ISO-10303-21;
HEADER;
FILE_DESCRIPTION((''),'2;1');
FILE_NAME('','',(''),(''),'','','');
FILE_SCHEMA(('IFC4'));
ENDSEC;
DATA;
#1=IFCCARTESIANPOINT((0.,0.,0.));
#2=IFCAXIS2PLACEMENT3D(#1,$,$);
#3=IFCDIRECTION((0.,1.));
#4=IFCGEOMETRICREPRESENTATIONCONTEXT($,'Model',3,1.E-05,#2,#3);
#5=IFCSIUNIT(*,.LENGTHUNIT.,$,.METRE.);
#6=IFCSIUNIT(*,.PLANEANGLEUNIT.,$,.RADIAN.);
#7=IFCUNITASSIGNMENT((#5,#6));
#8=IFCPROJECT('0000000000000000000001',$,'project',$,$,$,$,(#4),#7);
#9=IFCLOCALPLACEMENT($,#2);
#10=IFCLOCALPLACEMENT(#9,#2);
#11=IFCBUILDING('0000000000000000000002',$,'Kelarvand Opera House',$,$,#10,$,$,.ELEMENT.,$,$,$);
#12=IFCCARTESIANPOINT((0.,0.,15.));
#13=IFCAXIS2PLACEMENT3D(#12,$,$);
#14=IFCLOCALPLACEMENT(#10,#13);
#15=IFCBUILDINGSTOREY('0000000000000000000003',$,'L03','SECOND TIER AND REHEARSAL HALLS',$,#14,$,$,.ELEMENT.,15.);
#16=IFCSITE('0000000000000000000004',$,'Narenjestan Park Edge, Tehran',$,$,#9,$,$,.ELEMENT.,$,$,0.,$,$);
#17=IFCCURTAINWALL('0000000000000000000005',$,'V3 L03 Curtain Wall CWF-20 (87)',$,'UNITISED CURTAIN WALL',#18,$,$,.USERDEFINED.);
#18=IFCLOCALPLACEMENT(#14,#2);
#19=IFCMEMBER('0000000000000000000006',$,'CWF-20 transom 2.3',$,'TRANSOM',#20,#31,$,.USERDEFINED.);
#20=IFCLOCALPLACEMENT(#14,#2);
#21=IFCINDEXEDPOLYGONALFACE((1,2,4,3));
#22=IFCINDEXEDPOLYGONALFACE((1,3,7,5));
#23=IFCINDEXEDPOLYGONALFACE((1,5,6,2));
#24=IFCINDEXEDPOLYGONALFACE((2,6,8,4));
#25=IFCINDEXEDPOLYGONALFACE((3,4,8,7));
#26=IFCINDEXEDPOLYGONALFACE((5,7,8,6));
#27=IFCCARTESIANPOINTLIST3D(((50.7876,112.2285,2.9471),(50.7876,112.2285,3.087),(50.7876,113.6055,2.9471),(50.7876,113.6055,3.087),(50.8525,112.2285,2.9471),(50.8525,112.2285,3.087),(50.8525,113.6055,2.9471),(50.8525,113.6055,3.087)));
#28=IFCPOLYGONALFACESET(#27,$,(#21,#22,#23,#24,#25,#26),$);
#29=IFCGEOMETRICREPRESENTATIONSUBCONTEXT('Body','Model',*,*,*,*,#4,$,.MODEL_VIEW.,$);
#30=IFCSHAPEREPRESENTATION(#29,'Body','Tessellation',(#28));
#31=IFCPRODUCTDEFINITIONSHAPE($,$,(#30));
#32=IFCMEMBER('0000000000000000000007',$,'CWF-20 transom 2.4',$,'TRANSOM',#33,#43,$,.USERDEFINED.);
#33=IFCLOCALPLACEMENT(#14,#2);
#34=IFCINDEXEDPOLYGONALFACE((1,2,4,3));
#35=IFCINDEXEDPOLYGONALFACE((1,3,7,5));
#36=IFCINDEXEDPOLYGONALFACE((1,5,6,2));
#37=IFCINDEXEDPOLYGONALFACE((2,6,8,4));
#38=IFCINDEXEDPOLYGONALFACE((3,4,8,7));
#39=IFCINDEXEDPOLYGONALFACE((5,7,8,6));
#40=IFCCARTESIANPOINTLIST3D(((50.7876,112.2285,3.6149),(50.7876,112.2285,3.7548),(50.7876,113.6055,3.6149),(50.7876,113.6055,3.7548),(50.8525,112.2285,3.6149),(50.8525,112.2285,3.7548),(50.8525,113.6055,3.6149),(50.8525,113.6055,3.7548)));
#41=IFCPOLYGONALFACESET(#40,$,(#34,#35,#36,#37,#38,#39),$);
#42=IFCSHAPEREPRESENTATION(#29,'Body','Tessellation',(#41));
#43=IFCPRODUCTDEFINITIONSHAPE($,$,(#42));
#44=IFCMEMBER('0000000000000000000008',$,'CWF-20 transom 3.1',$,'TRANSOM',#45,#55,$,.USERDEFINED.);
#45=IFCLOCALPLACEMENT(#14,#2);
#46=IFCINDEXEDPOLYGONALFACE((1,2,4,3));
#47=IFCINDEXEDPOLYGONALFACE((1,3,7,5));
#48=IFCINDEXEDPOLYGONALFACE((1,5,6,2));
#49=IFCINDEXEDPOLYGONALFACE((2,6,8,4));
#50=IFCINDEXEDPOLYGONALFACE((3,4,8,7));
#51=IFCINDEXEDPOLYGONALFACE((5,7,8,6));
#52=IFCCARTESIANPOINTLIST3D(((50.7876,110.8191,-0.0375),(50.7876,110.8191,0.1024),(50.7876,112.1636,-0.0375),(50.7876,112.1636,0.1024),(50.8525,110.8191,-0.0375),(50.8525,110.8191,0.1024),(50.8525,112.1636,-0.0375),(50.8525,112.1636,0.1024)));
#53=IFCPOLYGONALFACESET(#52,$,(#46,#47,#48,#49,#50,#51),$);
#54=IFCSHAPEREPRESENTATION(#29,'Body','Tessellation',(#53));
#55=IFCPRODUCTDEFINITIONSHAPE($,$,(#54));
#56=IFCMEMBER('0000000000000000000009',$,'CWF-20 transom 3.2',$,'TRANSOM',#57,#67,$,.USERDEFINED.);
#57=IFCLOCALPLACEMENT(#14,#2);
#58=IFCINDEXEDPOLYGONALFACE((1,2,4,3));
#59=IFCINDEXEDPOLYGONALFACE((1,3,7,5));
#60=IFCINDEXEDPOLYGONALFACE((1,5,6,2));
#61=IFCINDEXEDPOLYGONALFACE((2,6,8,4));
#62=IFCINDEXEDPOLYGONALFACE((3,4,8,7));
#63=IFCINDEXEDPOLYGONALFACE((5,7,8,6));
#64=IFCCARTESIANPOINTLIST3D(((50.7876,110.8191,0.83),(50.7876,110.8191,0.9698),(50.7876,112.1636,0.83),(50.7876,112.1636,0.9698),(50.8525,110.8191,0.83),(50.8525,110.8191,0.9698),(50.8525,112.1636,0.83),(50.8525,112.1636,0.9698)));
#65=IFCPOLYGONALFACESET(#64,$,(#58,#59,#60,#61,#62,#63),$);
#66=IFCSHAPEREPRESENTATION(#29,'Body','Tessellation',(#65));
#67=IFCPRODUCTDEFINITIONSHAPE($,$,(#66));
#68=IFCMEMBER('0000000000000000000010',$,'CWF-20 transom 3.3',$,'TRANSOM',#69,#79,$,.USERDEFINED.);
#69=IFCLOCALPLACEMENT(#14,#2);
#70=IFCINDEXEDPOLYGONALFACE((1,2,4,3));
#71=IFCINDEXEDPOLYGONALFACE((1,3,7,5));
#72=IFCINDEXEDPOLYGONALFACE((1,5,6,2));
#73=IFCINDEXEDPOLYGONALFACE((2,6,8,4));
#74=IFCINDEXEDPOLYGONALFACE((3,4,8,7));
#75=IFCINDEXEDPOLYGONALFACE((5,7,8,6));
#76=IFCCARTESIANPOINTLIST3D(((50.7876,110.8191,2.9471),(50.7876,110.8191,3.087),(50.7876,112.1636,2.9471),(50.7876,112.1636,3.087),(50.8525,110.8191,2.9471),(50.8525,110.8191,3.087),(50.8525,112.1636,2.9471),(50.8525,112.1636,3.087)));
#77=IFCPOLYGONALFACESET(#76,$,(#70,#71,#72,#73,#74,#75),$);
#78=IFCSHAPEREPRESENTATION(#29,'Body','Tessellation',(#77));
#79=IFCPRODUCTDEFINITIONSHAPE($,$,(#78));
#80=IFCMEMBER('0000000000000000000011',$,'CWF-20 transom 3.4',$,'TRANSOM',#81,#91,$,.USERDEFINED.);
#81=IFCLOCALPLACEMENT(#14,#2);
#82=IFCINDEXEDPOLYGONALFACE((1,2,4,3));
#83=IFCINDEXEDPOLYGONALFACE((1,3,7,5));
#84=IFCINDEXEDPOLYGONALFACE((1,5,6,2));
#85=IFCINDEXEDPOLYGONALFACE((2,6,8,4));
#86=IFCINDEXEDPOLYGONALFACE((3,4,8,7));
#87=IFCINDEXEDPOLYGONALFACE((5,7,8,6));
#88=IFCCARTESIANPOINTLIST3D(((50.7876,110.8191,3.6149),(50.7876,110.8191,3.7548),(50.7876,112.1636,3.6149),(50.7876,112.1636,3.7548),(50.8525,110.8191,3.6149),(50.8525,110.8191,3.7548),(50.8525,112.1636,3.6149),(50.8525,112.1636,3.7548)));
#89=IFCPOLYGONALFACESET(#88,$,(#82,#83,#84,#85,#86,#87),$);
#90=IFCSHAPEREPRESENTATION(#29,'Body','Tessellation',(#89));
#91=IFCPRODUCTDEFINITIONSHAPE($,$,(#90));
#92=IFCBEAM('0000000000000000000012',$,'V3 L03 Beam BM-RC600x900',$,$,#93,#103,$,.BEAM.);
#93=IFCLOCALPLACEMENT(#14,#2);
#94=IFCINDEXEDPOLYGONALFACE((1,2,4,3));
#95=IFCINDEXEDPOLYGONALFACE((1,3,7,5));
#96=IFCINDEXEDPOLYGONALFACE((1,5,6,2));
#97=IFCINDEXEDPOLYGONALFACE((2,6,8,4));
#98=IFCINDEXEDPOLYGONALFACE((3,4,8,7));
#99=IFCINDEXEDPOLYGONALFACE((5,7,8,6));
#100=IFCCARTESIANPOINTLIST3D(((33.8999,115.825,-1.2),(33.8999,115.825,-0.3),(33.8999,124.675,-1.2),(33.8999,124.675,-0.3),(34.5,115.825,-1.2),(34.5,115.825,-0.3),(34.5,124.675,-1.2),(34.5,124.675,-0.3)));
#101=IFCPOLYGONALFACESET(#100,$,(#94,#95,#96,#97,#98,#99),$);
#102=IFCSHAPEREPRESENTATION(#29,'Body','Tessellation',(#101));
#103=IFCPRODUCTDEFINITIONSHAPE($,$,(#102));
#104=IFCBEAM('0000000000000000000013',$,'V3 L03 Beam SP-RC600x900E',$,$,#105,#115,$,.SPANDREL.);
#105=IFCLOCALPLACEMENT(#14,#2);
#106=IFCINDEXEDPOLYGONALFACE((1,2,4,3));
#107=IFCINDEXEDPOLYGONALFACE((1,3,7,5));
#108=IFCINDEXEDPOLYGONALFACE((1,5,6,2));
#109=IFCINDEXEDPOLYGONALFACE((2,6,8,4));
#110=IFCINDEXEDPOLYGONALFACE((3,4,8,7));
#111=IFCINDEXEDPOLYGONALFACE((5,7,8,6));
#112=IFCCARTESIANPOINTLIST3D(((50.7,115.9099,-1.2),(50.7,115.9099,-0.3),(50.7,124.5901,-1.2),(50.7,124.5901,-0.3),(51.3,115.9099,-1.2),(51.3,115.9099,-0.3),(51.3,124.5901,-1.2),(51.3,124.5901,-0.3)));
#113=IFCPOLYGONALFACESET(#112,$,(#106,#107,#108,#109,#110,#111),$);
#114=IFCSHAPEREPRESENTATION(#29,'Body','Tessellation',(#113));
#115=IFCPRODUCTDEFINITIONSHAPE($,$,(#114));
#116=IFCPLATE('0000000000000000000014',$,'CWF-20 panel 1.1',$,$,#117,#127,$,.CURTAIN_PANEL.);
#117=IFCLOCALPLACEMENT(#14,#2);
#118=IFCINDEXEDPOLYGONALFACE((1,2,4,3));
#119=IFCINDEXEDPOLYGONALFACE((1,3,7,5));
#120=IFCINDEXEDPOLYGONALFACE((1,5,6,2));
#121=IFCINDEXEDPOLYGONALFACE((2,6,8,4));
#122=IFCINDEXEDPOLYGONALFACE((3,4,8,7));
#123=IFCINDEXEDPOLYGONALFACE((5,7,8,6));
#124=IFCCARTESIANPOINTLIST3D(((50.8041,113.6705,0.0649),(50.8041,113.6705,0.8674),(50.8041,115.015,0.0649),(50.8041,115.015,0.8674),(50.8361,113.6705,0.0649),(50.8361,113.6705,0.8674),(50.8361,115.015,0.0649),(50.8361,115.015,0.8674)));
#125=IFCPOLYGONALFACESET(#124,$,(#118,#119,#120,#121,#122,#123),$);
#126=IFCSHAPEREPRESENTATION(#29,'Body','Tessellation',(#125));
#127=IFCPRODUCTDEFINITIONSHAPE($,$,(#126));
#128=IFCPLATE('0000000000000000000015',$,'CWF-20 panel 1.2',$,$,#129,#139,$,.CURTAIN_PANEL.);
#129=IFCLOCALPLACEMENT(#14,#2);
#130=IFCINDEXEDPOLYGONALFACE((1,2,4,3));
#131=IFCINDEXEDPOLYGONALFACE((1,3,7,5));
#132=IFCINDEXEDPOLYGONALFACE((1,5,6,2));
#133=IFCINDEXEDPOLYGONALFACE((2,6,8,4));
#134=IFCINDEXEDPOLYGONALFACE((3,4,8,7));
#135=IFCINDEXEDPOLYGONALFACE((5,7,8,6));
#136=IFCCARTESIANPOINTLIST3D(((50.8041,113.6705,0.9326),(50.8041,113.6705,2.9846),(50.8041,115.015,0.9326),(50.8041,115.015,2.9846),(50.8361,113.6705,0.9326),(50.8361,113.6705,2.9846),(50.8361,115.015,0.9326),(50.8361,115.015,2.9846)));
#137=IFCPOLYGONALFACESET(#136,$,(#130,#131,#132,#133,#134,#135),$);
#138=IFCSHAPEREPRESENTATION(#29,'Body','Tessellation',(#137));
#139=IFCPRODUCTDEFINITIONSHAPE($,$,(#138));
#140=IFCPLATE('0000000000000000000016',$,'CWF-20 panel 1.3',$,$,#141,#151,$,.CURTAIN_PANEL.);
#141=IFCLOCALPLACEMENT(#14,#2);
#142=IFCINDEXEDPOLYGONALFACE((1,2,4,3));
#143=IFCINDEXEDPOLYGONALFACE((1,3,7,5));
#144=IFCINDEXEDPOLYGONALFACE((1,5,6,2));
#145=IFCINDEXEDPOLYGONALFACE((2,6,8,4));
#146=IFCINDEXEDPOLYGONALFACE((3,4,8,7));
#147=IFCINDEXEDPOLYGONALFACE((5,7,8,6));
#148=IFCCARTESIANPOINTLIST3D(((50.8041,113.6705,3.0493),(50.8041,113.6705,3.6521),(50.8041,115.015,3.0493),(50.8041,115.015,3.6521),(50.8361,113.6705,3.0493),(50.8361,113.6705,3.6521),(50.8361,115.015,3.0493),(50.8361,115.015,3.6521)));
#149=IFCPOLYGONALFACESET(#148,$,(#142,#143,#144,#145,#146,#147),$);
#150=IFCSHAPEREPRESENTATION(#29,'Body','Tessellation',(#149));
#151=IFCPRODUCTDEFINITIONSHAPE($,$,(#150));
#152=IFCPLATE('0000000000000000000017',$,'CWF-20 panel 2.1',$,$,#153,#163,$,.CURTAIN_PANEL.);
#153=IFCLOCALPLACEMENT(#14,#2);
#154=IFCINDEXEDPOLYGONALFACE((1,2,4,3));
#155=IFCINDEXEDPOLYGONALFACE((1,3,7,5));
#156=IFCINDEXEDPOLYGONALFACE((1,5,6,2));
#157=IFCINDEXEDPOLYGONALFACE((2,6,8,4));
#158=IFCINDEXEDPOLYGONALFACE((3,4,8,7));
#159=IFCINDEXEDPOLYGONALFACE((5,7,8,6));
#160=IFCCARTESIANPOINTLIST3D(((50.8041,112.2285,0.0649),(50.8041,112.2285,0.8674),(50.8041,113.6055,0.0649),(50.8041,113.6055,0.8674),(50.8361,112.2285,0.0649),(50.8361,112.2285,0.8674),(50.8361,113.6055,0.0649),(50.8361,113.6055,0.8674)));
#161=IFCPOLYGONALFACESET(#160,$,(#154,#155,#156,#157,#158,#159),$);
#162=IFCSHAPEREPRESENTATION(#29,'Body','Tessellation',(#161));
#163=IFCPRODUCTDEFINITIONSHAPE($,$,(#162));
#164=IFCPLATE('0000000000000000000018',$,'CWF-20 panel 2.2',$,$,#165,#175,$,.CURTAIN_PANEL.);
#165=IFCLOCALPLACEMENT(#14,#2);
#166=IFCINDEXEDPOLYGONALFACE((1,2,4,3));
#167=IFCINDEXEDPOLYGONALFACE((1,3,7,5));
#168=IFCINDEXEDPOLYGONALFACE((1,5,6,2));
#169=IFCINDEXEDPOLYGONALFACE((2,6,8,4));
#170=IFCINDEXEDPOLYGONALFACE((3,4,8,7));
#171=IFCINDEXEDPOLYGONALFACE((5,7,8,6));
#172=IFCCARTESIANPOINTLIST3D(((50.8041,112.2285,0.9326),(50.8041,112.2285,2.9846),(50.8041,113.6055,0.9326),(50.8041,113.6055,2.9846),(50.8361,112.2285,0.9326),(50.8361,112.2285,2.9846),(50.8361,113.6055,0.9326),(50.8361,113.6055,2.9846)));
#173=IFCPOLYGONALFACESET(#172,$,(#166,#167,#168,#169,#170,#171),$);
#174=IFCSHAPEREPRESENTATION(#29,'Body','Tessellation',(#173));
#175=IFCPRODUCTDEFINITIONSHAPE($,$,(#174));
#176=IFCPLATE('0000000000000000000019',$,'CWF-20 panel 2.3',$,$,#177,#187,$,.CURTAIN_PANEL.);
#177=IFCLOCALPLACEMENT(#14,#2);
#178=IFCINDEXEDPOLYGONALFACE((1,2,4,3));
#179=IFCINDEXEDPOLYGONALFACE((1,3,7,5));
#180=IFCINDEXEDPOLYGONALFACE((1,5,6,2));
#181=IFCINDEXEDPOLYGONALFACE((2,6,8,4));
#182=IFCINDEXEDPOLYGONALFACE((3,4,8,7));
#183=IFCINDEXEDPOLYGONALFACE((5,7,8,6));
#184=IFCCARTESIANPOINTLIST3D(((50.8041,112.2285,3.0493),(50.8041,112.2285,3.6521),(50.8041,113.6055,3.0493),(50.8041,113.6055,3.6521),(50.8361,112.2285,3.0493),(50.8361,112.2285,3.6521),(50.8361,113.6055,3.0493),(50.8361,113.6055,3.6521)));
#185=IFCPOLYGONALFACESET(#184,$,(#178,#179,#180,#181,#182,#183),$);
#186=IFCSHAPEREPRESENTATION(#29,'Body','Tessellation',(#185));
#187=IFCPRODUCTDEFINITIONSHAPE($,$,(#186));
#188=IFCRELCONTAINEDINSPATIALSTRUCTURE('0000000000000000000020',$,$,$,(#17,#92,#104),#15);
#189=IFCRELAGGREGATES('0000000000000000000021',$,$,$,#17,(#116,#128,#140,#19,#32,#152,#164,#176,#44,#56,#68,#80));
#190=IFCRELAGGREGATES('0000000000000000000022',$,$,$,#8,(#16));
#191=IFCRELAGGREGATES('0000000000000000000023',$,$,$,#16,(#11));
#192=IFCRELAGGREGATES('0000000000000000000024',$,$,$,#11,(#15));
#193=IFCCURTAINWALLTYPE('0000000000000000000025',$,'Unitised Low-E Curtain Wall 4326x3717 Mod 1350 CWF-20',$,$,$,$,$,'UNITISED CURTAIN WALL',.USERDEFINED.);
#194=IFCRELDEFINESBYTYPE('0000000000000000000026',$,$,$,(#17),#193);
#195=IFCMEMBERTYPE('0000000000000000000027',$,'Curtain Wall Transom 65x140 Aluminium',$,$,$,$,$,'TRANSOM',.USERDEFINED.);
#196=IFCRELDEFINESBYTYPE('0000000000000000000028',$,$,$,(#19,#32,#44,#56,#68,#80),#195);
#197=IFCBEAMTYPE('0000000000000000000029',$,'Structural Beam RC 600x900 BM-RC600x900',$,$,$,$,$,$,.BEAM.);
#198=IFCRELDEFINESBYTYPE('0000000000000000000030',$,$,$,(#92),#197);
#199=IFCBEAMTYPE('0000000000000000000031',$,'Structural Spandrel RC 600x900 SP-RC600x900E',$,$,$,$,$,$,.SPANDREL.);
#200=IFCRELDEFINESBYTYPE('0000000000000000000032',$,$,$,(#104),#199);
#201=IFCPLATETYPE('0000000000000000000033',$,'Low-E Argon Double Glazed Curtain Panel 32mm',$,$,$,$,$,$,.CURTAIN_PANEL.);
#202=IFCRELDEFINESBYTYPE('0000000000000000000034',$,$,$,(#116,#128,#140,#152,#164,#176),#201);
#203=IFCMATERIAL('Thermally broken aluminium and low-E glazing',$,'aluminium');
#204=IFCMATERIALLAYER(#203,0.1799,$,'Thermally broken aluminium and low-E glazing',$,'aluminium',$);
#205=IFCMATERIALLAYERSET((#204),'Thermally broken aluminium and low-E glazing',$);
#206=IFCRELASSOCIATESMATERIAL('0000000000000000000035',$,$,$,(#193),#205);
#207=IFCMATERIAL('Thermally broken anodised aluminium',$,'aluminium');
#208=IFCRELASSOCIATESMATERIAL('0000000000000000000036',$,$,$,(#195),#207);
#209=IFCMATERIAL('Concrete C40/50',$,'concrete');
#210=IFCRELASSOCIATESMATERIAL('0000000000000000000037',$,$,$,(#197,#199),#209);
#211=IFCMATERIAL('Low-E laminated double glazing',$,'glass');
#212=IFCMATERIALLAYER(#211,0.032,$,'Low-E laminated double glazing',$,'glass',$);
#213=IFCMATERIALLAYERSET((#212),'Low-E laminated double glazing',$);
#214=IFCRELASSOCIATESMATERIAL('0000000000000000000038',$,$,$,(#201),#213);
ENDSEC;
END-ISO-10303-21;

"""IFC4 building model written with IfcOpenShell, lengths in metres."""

from ifc_helpers import new_model, si_unit, direction, frame, origin, origin_2d, place, context, subcontext, project, spatial, rectangle, extrude, material, layer, layer_set, material_profile, profile_set, type_object, element, aggregate, save


model = new_model("IFC4")

# Units and contexts
model_context = context("Model", 3, precision=1e-05, world=origin(), true_north=direction((0.0, 1.0)))
body_context = subcontext(model_context, "Body", "Model", "MODEL_VIEW")
ifc_project = project(units=[si_unit("LENGTHUNIT", "METRE"), si_unit("PLANEANGLEUNIT", "RADIAN")], contexts=[model_context])

# Site, building, storey
site_placement = place(None, origin())
site = spatial("IfcSite", under=ifc_project, at=site_placement, Name="Narenjestan Park Edge, Tehran", CompositionType="ELEMENT", RefElevation=0.0)
building_placement = place(site_placement, origin())
building = spatial("IfcBuilding", under=site, at=building_placement, Name="Kelarvand Opera House", CompositionType="ELEMENT")
storey_placement = place(building_placement, frame((0.0, 0.0, 15.0)))
storey = spatial("IfcBuildingStorey", under=building, at=storey_placement, Name="L03", Description="SECOND TIER AND REHEARSAL HALLS", CompositionType="ELEMENT", Elevation=15.0)

# Shared definitions
ifc_material_1 = material(Name="Concrete C40/50", Category="concrete")

# Curtain wall
ifc_material_2 = material(Name="Thermally broken aluminium and low-E glazing", Category="aluminium")
ifc_layer_1 = layer(ifc_material_2, 0.1799, Name="Thermally broken aluminium and low-E glazing", Category="aluminium")
ifc_layer_set_1 = layer_set([ifc_layer_1], Name="Thermally broken aluminium and low-E glazing")
curtain_wall_type = type_object("IfcCurtainWallType", Name="Unitised Low-E Curtain Wall 4326x3717 Mod 1350 CWF-20", ElementType="UNITISED CURTAIN WALL", PredefinedType="USERDEFINED", material=ifc_layer_set_1)
curtain_wall_1_placement = place(storey_placement, origin())
curtain_wall_1 = element("IfcCurtainWall", 1, at=curtain_wall_1_placement, inside=storey, type_object=curtain_wall_type, Name="V3 L03 Curtain Wall CWF-20 (87)", ObjectType="UNITISED CURTAIN WALL", PredefinedType="USERDEFINED")
ifc_material_3 = material(Name="Thermally broken anodised aluminium", Category="aluminium")

# Members
ifc_material_profile_1 = material_profile(ifc_material_3, rectangle(XDim=0.0649, YDim=0.1399, at=origin_2d()), Name="ALU TRANSOM 65x140", Category="aluminium")
ifc_profile_set_1 = profile_set([ifc_material_profile_1], Name="Thermally broken anodised aluminium")
member_type_1 = type_object("IfcMemberType", Name="Curtain Wall Transom 65x140 Aluminium", ElementType="TRANSOM", PredefinedType="USERDEFINED", material=ifc_profile_set_1)
member_1_placement = place(storey_placement, frame((50.8201, 113.6055, 3.0171), z_axis=(0.0, -1.0, 0.0), x_axis=(1.0, 0.0, 0.0)))
member_1 = element("IfcMember", 2, at=member_1_placement, type_object=member_type_1, Name="CWF-20 transom 2.3", ObjectType="TRANSOM", PredefinedType="USERDEFINED", context=body_context, shape_type="SweptSolid", body=[
    extrude(rectangle(XDim=0.0649, YDim=0.1399, at=origin_2d()), origin(), (0.0, 0.0, 1.0), 1.377),
])
member_2_placement = place(storey_placement, frame((50.8201, 113.6055, 3.6848), z_axis=(0.0, -1.0, 0.0), x_axis=(1.0, 0.0, 0.0)))
member_2 = element("IfcMember", 3, at=member_2_placement, type_object=member_type_1, Name="CWF-20 transom 2.4", ObjectType="TRANSOM", PredefinedType="USERDEFINED", context=body_context, shape_type="SweptSolid", body=[
    extrude(rectangle(XDim=0.0649, YDim=0.1399, at=origin_2d()), origin(), (0.0, 0.0, 1.0), 1.377),
])
member_3_placement = place(storey_placement, frame((50.8201, 112.1636, 0.0325), z_axis=(0.0, -1.0, 0.0), x_axis=(1.0, 0.0, 0.0)))
member_3 = element("IfcMember", 4, at=member_3_placement, type_object=member_type_1, Name="CWF-20 transom 3.1", ObjectType="TRANSOM", PredefinedType="USERDEFINED", context=body_context, shape_type="SweptSolid", body=[
    extrude(rectangle(XDim=0.0649, YDim=0.1399, at=origin_2d()), origin(), (0.0, 0.0, 1.0), 1.3445),
])
member_4_placement = place(storey_placement, frame((50.8201, 112.1636, 0.8999), z_axis=(0.0, -1.0, 0.0), x_axis=(1.0, 0.0, 0.0)))
member_4 = element("IfcMember", 5, at=member_4_placement, type_object=member_type_1, Name="CWF-20 transom 3.2", ObjectType="TRANSOM", PredefinedType="USERDEFINED", context=body_context, shape_type="SweptSolid", body=[
    extrude(rectangle(XDim=0.0649, YDim=0.1399, at=origin_2d()), origin(), (0.0, 0.0, 1.0), 1.3445),
])
member_5_placement = place(storey_placement, frame((50.8201, 112.1636, 3.0171), z_axis=(0.0, -1.0, 0.0), x_axis=(1.0, 0.0, 0.0)))
member_5 = element("IfcMember", 6, at=member_5_placement, type_object=member_type_1, Name="CWF-20 transom 3.3", ObjectType="TRANSOM", PredefinedType="USERDEFINED", context=body_context, shape_type="SweptSolid", body=[
    extrude(rectangle(XDim=0.0649, YDim=0.1399, at=origin_2d()), origin(), (0.0, 0.0, 1.0), 1.3445),
])
member_6_placement = place(storey_placement, frame((50.8201, 112.1636, 3.6848), z_axis=(0.0, -1.0, 0.0), x_axis=(1.0, 0.0, 0.0)))
member_6 = element("IfcMember", 7, at=member_6_placement, type_object=member_type_1, Name="CWF-20 transom 3.4", ObjectType="TRANSOM", PredefinedType="USERDEFINED", context=body_context, shape_type="SweptSolid", body=[
    extrude(rectangle(XDim=0.0649, YDim=0.1399, at=origin_2d()), origin(), (0.0, 0.0, 1.0), 1.3445),
])

# Beams
ifc_material_profile_2 = material_profile(ifc_material_1, rectangle(XDim=0.6001, YDim=0.8999, at=origin_2d()), Name="RC 600x900", Category="concrete")
ifc_profile_set_2 = profile_set([ifc_material_profile_2], Name="Concrete C40/50")
beam_type_1 = type_object("IfcBeamType", Name="Structural Beam RC 600x900 BM-RC600x900", PredefinedType="BEAM", material=ifc_profile_set_2)
beam_1_placement = place(storey_placement, frame((34.2, 115.825, -0.75), z_axis=(0.0, 1.0, 0.0), x_axis=(-1.0, 0.0, 0.0)))
element("IfcBeam", 8, at=beam_1_placement, inside=storey, type_object=beam_type_1, Name="V3 L03 Beam BM-RC600x900", PredefinedType="BEAM", context=body_context, shape_type="SweptSolid", body=[
    extrude(rectangle(XDim=0.6001, YDim=0.8999, at=origin_2d()), origin(), (0.0, 0.0, 1.0), 8.8501),
])
ifc_material_profile_3 = material_profile(ifc_material_1, rectangle(XDim=0.6001, YDim=0.8999, at=origin_2d()), Name="RC 600x900", Category="concrete")
ifc_profile_set_3 = profile_set([ifc_material_profile_3], Name="Concrete C40/50")
beam_type_2 = type_object("IfcBeamType", Name="Structural Spandrel RC 600x900 SP-RC600x900E", PredefinedType="SPANDREL", material=ifc_profile_set_3)
beam_2_placement = place(storey_placement, frame((51.0, 115.9099, -0.75), z_axis=(0.0, 1.0, 0.0), x_axis=(-1.0, 0.0, 0.0)))
element("IfcBeam", 9, at=beam_2_placement, inside=storey, type_object=beam_type_2, Name="V3 L03 Beam SP-RC600x900E", PredefinedType="SPANDREL", context=body_context, shape_type="SweptSolid", body=[
    extrude(rectangle(XDim=0.6001, YDim=0.8999, at=origin_2d()), origin(), (0.0, 0.0, 1.0), 8.6802),
])

# Plates
ifc_material_4 = material(Name="Low-E laminated double glazing", Category="glass")
ifc_layer_2 = layer(ifc_material_4, 0.032, Name="Low-E laminated double glazing", Category="glass")
ifc_layer_set_2 = layer_set([ifc_layer_2], Name="Low-E laminated double glazing")
plate_type = type_object("IfcPlateType", Name="Low-E Argon Double Glazed Curtain Panel 32mm", PredefinedType="CURTAIN_PANEL", material=ifc_layer_set_2)
plate_1_placement = place(storey_placement, frame((50.8201, 114.3428, 0.0649), z_axis=(0.0, 0.0, 1.0), x_axis=(0.0, -1.0, 0.0)))
plate_1 = element("IfcPlate", 10, at=plate_1_placement, type_object=plate_type, Name="CWF-20 panel 1.1", PredefinedType="CURTAIN_PANEL", context=body_context, shape_type="SweptSolid", body=[
    extrude(rectangle(XDim=1.3445, YDim=0.032, at=origin_2d()), origin(), (0.0, 0.0, 1.0), 0.8025),
])
plate_2_placement = place(storey_placement, frame((50.8201, 114.3428, 0.9326), z_axis=(0.0, 0.0, 1.0), x_axis=(0.0, -1.0, 0.0)))
plate_2 = element("IfcPlate", 11, at=plate_2_placement, type_object=plate_type, Name="CWF-20 panel 1.2", PredefinedType="CURTAIN_PANEL", context=body_context, shape_type="SweptSolid", body=[
    extrude(rectangle(XDim=1.3445, YDim=0.032, at=origin_2d()), origin(), (0.0, 0.0, 1.0), 2.052),
])
plate_3_placement = place(storey_placement, frame((50.8201, 114.3428, 3.0493), z_axis=(0.0, 0.0, 1.0), x_axis=(0.0, -1.0, 0.0)))
plate_3 = element("IfcPlate", 12, at=plate_3_placement, type_object=plate_type, Name="CWF-20 panel 1.3", PredefinedType="CURTAIN_PANEL", context=body_context, shape_type="SweptSolid", body=[
    extrude(rectangle(XDim=1.3445, YDim=0.032, at=origin_2d()), origin(), (0.0, 0.0, 1.0), 0.6028),
])
plate_4_placement = place(storey_placement, frame((50.8201, 112.917, 0.0649), z_axis=(0.0, 0.0, 1.0), x_axis=(0.0, -1.0, 0.0)))
plate_4 = element("IfcPlate", 13, at=plate_4_placement, type_object=plate_type, Name="CWF-20 panel 2.1", PredefinedType="CURTAIN_PANEL", context=body_context, shape_type="SweptSolid", body=[
    extrude(rectangle(XDim=1.377, YDim=0.032, at=origin_2d()), origin(), (0.0, 0.0, 1.0), 0.8025),
])
plate_5_placement = place(storey_placement, frame((50.8201, 112.917, 0.9326), z_axis=(0.0, 0.0, 1.0), x_axis=(0.0, -1.0, 0.0)))
plate_5 = element("IfcPlate", 14, at=plate_5_placement, type_object=plate_type, Name="CWF-20 panel 2.2", PredefinedType="CURTAIN_PANEL", context=body_context, shape_type="SweptSolid", body=[
    extrude(rectangle(XDim=1.377, YDim=0.032, at=origin_2d()), origin(), (0.0, 0.0, 1.0), 2.052),
])
plate_6_placement = place(storey_placement, frame((50.8201, 112.917, 3.0493), z_axis=(0.0, 0.0, 1.0), x_axis=(0.0, -1.0, 0.0)))
plate_6 = element("IfcPlate", 15, at=plate_6_placement, type_object=plate_type, Name="CWF-20 panel 2.3", PredefinedType="CURTAIN_PANEL", context=body_context, shape_type="SweptSolid", body=[
    extrude(rectangle(XDim=1.377, YDim=0.032, at=origin_2d()), origin(), (0.0, 0.0, 1.0), 0.6028),
])
aggregate(curtain_wall_1, [plate_1, plate_2, plate_3, member_1, member_2, plate_4, plate_5, plate_6, member_3, member_4, member_5, member_6])

save(model, "model.ifc")
